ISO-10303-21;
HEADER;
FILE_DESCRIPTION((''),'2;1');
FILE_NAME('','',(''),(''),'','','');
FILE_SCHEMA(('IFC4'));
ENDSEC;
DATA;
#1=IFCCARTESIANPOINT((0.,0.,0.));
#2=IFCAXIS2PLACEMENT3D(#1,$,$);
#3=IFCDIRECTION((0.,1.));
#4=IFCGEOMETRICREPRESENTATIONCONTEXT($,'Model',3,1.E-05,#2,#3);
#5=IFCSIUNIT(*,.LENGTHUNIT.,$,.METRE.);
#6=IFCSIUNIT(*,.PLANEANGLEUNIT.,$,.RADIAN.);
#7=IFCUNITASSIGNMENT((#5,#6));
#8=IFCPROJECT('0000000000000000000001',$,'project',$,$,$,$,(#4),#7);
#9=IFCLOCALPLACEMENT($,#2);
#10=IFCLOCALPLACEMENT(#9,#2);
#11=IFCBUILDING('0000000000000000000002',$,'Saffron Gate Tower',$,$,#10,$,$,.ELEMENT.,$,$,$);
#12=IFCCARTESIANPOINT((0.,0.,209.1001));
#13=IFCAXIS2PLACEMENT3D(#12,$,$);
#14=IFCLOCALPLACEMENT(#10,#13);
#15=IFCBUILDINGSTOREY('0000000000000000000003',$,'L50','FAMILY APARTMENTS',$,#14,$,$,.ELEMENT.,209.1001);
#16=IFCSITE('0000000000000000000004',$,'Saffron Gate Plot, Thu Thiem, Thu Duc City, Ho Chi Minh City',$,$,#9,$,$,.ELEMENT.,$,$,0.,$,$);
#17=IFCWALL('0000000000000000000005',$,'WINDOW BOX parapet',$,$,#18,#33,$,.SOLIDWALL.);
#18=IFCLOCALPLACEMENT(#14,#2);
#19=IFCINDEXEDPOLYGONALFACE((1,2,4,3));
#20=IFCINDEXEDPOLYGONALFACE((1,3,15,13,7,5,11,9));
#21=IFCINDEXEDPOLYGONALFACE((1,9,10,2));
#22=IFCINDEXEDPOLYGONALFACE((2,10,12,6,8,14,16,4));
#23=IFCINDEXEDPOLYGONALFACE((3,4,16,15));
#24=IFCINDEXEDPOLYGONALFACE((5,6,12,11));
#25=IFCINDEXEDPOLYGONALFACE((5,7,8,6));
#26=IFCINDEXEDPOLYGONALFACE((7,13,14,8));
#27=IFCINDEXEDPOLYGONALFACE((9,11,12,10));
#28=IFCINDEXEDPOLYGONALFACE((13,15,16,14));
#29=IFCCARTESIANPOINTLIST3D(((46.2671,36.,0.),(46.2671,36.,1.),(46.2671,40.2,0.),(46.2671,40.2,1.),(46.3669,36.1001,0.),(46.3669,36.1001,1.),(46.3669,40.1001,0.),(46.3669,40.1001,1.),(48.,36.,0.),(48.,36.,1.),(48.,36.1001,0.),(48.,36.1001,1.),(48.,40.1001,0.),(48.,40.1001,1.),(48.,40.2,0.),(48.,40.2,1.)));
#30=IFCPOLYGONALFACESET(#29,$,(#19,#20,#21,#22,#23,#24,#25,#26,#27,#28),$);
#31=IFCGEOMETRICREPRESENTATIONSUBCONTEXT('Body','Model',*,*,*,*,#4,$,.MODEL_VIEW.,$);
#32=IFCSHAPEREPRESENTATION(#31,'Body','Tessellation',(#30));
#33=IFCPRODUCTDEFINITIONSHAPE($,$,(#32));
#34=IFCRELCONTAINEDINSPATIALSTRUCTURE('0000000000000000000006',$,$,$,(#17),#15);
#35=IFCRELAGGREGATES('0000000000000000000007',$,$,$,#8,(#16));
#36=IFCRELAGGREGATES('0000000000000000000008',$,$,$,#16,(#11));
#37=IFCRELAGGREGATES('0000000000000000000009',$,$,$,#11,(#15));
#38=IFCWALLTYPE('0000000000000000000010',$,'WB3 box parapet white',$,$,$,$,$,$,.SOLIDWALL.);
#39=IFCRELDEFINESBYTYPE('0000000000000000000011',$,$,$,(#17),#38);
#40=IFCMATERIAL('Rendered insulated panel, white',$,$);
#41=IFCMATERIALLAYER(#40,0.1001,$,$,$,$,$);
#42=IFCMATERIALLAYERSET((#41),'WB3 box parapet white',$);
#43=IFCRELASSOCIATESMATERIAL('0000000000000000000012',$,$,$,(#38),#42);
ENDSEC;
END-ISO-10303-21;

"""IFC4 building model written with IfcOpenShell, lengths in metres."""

from ifc_helpers import new_model, si_unit, direction, frame, origin, place, context, subcontext, project, spatial, polyline, outline, extrude, material, layer, layer_set, type_object, element, save


model = new_model("IFC4")

# Units and contexts
model_context = context("Model", 3, precision=1e-05, world=origin(), true_north=direction((0.0, 1.0)))
body_context = subcontext(model_context, "Body", "Model", "MODEL_VIEW")
ifc_project = project(units=[si_unit("LENGTHUNIT", "METRE"), si_unit("PLANEANGLEUNIT", "RADIAN")], contexts=[model_context])

# Site, building, storey
site_placement = place(None, origin())
site = spatial("IfcSite", under=ifc_project, at=site_placement, Name="Saffron Gate Plot, Thu Thiem, Thu Duc City, Ho Chi Minh City", CompositionType="ELEMENT", RefElevation=0.0)
building_placement = place(site_placement, origin())
building = spatial("IfcBuilding", under=site, at=building_placement, Name="Saffron Gate Tower", CompositionType="ELEMENT")
storey_placement = place(building_placement, frame((0.0, 0.0, 209.1001)))
storey = spatial("IfcBuildingStorey", under=building, at=storey_placement, Name="L50", Description="FAMILY APARTMENTS", CompositionType="ELEMENT", Elevation=209.1001)

# Wall
ifc_material_1 = material(Name="Rendered insulated panel, white")
ifc_layer_1 = layer(ifc_material_1, 0.1001)
ifc_layer_set_1 = layer_set([ifc_layer_1], Name="WB3 box parapet white")
wall_type = type_object("IfcWallType", Name="WB3 box parapet white", PredefinedType="SOLIDWALL", material=ifc_layer_set_1)
wall_1_placement = place(storey_placement, origin())
element("IfcWall", 1, at=wall_1_placement, inside=storey, type_object=wall_type, Name="WINDOW BOX parapet", PredefinedType="SOLIDWALL", context=body_context, shape_type="SweptSolid", body=[
    extrude(outline(polyline([(48.0, 40.2), (48.0, 40.1001), (46.3669, 40.1001), (46.3669, 36.1001), (48.0, 36.1001), (48.0, 36.0), (46.2671, 36.0), (46.2671, 40.2), (48.0, 40.2)])), origin(), (0.0, 0.0, 1.0), 1.0),
])

save(model, "model.ifc")
